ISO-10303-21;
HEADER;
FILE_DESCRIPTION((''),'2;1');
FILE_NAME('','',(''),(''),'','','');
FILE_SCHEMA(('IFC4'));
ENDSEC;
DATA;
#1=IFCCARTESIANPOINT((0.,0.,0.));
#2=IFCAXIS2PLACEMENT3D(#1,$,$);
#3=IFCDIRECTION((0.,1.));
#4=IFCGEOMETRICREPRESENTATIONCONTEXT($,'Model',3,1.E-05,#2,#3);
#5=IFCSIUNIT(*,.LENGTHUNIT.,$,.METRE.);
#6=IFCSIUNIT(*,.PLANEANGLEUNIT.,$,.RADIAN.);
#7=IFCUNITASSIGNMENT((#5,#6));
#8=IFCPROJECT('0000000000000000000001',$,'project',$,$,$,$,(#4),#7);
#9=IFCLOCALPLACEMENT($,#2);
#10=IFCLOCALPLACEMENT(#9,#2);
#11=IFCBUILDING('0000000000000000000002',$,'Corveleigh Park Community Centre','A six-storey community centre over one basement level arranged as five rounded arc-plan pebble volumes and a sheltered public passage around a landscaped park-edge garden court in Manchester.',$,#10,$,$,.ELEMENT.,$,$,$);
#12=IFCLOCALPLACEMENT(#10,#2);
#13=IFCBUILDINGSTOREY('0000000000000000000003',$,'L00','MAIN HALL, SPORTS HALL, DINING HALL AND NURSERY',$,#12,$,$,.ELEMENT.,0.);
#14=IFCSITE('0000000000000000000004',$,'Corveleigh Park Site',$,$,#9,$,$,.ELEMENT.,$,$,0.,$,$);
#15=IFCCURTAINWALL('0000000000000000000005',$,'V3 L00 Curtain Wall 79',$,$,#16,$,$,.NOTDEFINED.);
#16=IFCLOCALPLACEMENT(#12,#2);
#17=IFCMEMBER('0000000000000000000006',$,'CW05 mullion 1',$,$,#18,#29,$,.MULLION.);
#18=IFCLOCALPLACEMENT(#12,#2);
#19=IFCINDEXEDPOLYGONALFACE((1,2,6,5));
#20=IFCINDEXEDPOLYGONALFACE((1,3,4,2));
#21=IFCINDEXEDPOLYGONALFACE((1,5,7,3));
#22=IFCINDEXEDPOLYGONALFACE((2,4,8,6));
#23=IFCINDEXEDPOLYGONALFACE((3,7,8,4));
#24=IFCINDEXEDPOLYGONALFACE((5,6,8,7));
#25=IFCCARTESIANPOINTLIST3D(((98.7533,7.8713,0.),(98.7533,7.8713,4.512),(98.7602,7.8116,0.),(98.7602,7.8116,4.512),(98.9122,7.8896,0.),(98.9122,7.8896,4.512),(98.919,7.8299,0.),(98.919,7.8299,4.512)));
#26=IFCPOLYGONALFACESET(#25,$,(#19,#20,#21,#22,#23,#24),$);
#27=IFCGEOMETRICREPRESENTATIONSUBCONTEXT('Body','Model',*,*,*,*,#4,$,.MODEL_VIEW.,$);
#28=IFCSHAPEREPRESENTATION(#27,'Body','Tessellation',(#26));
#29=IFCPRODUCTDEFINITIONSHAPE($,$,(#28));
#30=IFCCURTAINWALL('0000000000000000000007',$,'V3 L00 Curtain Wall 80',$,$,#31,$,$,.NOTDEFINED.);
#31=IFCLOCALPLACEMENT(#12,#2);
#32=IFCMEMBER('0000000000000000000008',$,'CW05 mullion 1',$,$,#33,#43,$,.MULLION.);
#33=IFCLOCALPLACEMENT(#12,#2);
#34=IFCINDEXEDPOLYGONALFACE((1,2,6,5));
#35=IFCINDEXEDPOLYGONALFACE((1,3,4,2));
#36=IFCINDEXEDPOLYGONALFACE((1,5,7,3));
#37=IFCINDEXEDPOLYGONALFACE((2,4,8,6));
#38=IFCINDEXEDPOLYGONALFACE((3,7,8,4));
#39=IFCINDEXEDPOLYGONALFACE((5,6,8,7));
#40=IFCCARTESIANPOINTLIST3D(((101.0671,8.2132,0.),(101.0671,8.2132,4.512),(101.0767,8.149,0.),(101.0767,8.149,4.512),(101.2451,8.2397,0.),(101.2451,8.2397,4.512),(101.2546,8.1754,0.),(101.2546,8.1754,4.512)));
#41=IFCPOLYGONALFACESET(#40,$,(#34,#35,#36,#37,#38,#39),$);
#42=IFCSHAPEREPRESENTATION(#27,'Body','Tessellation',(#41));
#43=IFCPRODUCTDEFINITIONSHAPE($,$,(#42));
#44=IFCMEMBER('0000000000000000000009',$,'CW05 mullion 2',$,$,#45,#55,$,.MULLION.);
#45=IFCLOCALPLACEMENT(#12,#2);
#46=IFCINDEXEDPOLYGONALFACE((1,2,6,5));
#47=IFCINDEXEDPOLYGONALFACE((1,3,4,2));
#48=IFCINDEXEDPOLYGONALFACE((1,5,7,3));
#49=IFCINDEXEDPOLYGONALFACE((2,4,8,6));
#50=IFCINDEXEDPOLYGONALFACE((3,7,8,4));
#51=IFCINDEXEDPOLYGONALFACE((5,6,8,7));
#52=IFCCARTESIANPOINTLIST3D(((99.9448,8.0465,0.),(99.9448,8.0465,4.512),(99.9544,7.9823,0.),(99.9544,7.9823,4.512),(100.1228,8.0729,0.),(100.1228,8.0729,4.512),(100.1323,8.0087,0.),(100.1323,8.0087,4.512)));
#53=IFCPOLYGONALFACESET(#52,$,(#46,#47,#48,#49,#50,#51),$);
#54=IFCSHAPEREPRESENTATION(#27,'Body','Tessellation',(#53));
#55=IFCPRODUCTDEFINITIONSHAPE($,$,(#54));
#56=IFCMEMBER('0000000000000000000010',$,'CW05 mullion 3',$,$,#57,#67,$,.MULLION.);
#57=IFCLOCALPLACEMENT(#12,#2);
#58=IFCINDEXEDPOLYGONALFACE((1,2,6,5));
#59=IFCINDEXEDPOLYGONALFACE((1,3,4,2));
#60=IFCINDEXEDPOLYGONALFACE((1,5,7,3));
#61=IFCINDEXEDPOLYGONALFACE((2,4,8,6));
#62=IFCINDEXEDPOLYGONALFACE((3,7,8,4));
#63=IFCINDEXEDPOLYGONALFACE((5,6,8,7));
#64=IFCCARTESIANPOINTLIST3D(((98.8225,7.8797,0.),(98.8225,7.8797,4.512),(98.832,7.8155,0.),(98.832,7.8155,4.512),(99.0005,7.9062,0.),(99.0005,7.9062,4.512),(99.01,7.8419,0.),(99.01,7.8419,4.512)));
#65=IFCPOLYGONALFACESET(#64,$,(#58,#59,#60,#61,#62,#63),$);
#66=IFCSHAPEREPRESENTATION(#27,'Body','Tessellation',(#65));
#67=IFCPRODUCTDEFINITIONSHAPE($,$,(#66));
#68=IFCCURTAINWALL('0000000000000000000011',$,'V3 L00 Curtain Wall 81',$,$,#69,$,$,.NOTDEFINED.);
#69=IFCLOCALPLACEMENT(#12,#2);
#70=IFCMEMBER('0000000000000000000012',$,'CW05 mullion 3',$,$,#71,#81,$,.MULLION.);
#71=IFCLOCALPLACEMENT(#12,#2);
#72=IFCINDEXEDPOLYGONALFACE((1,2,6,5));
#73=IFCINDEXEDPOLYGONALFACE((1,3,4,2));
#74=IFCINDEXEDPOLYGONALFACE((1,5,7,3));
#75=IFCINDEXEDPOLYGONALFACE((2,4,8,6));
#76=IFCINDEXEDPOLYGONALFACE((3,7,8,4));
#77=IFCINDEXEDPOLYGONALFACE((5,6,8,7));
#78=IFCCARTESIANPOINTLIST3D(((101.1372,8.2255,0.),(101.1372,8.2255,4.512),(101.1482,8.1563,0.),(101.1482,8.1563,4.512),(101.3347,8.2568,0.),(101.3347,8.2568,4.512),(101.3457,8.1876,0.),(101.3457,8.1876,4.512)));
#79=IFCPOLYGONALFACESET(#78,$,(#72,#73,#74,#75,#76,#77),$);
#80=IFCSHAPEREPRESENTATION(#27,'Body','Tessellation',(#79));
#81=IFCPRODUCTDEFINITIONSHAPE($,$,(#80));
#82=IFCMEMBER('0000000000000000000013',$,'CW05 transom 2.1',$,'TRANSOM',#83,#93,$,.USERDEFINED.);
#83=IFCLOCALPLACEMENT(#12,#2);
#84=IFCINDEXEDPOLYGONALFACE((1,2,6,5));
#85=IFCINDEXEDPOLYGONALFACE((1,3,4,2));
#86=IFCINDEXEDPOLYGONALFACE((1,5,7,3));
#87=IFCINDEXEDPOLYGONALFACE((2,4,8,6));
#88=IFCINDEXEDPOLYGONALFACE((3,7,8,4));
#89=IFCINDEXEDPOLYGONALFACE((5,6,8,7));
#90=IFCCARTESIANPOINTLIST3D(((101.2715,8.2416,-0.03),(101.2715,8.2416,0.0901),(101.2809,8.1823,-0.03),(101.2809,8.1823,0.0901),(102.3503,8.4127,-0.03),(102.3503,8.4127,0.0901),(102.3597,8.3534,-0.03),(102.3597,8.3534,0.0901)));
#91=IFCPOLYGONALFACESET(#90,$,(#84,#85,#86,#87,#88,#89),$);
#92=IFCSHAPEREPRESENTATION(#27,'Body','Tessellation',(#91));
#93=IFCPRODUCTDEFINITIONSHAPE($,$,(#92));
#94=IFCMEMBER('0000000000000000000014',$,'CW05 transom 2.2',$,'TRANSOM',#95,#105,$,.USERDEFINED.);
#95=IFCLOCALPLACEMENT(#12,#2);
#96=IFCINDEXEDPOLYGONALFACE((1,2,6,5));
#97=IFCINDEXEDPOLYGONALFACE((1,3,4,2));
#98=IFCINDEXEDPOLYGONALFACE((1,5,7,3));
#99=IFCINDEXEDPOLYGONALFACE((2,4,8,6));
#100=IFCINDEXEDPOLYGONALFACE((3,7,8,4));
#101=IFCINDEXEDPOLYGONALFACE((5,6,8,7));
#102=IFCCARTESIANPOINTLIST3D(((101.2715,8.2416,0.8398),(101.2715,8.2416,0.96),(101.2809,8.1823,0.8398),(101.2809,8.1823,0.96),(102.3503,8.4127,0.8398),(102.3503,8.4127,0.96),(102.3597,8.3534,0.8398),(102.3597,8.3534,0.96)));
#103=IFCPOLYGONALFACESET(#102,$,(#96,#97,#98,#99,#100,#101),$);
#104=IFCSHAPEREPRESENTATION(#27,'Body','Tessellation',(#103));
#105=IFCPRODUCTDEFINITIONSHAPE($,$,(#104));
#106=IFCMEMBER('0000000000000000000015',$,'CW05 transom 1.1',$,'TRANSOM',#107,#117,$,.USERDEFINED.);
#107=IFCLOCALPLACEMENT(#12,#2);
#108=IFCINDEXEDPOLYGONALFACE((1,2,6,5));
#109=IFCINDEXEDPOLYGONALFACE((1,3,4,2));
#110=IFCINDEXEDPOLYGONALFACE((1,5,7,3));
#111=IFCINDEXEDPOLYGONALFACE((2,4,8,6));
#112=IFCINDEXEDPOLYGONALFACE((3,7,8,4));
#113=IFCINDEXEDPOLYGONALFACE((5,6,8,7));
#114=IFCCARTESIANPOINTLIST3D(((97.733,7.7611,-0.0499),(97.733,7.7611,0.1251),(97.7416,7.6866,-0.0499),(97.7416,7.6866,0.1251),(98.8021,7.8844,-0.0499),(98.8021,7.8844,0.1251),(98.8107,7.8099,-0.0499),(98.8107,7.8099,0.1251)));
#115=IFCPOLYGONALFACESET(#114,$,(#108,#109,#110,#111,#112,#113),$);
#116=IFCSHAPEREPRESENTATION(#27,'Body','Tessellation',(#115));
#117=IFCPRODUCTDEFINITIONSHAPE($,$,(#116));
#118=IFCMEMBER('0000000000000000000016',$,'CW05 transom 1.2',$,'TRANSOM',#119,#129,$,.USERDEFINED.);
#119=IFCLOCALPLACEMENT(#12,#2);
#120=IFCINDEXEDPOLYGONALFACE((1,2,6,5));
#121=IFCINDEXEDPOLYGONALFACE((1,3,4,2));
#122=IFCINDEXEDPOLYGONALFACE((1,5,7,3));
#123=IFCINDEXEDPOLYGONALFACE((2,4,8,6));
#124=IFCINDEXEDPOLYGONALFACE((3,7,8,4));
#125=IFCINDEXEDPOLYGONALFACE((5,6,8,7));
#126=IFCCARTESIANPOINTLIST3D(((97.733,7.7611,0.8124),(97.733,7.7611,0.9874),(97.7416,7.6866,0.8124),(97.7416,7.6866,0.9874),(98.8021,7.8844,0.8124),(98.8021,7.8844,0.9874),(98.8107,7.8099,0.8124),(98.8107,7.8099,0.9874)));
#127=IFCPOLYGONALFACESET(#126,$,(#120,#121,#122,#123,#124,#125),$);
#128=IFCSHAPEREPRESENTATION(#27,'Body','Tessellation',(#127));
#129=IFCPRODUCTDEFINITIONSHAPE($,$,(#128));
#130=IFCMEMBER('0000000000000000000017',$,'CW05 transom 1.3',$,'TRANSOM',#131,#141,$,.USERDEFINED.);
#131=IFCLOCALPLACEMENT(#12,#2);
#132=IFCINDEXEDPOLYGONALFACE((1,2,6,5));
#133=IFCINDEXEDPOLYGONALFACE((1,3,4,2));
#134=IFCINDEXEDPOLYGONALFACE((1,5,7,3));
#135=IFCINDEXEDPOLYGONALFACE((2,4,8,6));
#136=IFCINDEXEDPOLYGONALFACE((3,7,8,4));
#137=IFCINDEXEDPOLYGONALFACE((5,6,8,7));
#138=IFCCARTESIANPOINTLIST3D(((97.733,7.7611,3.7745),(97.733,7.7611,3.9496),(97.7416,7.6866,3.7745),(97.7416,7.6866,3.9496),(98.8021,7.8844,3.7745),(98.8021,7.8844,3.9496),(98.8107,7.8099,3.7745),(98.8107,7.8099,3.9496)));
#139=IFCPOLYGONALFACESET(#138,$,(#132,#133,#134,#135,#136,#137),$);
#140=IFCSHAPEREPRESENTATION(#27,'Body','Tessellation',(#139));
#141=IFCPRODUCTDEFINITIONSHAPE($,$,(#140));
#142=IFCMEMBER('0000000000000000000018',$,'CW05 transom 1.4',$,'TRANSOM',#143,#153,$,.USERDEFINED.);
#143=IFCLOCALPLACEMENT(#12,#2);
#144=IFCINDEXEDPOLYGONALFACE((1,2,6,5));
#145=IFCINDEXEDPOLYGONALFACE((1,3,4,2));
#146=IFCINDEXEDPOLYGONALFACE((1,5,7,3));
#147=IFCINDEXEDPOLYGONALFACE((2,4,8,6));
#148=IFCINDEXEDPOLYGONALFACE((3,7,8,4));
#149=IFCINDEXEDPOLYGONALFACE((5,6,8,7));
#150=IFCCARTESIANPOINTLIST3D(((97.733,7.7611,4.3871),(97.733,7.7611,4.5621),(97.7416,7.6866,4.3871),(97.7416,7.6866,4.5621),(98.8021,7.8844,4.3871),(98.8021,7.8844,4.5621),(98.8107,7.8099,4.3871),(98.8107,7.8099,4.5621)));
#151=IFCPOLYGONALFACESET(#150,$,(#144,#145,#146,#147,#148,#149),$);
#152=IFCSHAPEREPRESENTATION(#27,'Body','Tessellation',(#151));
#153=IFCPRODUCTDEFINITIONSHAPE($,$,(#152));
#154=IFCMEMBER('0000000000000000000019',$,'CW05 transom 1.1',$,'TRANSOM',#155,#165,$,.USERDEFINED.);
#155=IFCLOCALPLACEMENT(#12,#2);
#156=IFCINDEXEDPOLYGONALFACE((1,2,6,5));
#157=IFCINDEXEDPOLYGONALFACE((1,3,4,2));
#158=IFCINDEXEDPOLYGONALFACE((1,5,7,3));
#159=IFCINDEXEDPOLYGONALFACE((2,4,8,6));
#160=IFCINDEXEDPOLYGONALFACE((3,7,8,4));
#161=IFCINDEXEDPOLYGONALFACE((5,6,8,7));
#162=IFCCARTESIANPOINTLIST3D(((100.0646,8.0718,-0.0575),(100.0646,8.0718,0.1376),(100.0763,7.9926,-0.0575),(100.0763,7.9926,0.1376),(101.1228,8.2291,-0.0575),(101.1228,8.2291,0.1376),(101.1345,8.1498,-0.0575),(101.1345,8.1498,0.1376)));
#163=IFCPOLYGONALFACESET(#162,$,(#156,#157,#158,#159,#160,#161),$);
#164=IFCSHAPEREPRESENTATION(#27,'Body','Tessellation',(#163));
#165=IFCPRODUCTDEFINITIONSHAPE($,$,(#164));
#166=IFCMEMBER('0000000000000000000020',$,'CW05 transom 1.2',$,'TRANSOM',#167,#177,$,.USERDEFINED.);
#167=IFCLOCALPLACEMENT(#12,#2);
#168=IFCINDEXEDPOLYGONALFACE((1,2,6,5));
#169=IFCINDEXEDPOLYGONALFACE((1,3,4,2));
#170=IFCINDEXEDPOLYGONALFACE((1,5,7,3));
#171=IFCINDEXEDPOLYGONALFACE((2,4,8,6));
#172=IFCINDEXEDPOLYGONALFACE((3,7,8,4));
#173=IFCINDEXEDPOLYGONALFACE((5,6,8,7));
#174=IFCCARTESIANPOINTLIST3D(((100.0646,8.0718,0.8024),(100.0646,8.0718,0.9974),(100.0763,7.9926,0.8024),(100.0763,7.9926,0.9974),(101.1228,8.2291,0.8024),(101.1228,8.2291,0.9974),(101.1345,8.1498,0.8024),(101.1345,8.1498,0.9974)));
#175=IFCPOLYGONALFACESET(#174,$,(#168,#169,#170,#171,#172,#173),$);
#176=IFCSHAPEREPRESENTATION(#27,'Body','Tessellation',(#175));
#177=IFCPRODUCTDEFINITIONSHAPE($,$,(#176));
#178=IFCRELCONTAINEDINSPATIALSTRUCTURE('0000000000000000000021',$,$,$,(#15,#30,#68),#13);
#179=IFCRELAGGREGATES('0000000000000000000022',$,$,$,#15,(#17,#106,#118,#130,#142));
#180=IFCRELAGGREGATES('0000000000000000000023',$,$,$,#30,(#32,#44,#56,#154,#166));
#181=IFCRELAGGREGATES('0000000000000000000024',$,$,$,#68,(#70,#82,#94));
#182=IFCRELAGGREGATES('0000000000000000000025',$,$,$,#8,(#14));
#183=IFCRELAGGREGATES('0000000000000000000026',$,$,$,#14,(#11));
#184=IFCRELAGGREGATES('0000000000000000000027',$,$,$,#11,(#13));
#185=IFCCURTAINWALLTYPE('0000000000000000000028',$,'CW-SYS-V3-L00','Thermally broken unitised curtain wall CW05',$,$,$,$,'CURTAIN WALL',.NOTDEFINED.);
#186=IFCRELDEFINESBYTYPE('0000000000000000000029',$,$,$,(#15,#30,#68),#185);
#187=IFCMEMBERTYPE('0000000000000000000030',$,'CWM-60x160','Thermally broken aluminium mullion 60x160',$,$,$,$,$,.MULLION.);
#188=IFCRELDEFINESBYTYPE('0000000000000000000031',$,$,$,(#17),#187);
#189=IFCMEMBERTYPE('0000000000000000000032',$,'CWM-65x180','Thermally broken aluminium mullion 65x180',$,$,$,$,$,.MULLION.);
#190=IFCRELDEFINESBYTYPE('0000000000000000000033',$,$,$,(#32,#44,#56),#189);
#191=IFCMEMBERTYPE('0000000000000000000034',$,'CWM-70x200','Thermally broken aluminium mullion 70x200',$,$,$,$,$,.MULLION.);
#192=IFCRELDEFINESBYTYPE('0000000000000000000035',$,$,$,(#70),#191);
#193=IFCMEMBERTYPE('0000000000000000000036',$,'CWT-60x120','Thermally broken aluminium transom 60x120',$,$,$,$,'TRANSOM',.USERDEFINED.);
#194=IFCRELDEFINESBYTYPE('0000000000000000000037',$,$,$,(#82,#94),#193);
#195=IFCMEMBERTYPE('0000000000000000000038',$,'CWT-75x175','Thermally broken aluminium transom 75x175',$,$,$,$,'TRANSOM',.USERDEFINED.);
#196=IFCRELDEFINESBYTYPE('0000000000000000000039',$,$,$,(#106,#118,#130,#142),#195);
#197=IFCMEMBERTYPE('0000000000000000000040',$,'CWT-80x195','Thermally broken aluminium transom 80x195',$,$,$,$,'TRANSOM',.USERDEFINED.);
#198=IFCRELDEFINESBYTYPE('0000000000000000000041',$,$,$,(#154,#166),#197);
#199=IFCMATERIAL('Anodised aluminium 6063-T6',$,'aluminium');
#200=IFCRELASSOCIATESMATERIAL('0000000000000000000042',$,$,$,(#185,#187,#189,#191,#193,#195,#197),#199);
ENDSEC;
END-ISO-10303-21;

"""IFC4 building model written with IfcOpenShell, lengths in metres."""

from ifc_helpers import new_model, si_unit, direction, frame, origin, origin_2d, place, context, subcontext, project, spatial, rectangle, extrude, material, material_profile, profile_set, type_object, element, aggregate, save


model = new_model("IFC4")

# Units and contexts
model_context = context("Model", 3, precision=1e-05, world=origin(), true_north=direction((0.0, 1.0)))
body_context = subcontext(model_context, "Body", "Model", "MODEL_VIEW")
ifc_project = project(units=[si_unit("LENGTHUNIT", "METRE"), si_unit("PLANEANGLEUNIT", "RADIAN")], contexts=[model_context])

# Site, building, storey
site_placement = place(None, origin())
site = spatial("IfcSite", under=ifc_project, at=site_placement, Name="Corveleigh Park Site", CompositionType="ELEMENT", RefElevation=0.0)
building_placement = place(site_placement, origin())
building = spatial("IfcBuilding", under=site, at=building_placement, Name="Corveleigh Park Community Centre", Description="A six-storey community centre over one basement level arranged as five rounded arc-plan pebble volumes and a sheltered public passage around a landscaped park-edge garden court in Manchester.", CompositionType="ELEMENT")
storey_placement = place(building_placement, origin())
storey = spatial("IfcBuildingStorey", under=building, at=storey_placement, Name="L00", Description="MAIN HALL, SPORTS HALL, DINING HALL AND NURSERY", CompositionType="ELEMENT", Elevation=0.0)

# Curtain wall, member
ifc_material_1 = material(Name="Anodised aluminium 6063-T6", Category="aluminium")
curtain_wall_type = type_object("IfcCurtainWallType", Name="CW-SYS-V3-L00", Description="Thermally broken unitised curtain wall CW05", ElementType="CURTAIN WALL", PredefinedType="NOTDEFINED", material=ifc_material_1)
curtain_wall_1_placement = place(storey_placement, origin())
curtain_wall_1 = element("IfcCurtainWall", 1, at=curtain_wall_1_placement, inside=storey, type_object=curtain_wall_type, Name="V3 L00 Curtain Wall 79", PredefinedType="NOTDEFINED")
ifc_material_profile_1 = material_profile(ifc_material_1, rectangle(XDim=0.0601, YDim=0.1599, at=origin_2d()), Name="ALU-M60x160", Category="aluminium")
ifc_profile_set_1 = profile_set([ifc_material_profile_1], Name="Anodised aluminium 6063-T6")
member_type_1 = type_object("IfcMemberType", Name="CWM-60x160", Description="Thermally broken aluminium mullion 60x160", PredefinedType="MULLION", material=ifc_profile_set_1)
member_1_placement = place(storey_placement, frame((98.8362, 7.8506, 0.0), z_axis=(0.0, 0.0, 1.0), x_axis=(0.114478, -0.993426, 0.0)))
member_1 = element("IfcMember", 2, at=member_1_placement, type_object=member_type_1, Name="CW05 mullion 1", PredefinedType="MULLION", context=body_context, shape_type="SweptSolid", body=[
    extrude(rectangle(XDim=0.0601, YDim=0.1599, at=origin_2d()), origin(), (0.0, 0.0, 1.0), 4.512),
])

# Curtain walls, members
curtain_wall_2_placement = place(storey_placement, origin())
curtain_wall_2 = element("IfcCurtainWall", 3, at=curtain_wall_2_placement, inside=storey, type_object=curtain_wall_type, Name="V3 L00 Curtain Wall 80", PredefinedType="NOTDEFINED")
ifc_material_profile_2 = material_profile(ifc_material_1, rectangle(XDim=0.0649, YDim=0.1799, at=origin_2d()), Name="ALU-M65x180", Category="aluminium")
ifc_profile_set_2 = profile_set([ifc_material_profile_2], Name="Anodised aluminium 6063-T6")
member_type_2 = type_object("IfcMemberType", Name="CWM-65x180", Description="Thermally broken aluminium mullion 65x180", PredefinedType="MULLION", material=ifc_profile_set_2)
member_2_placement = place(storey_placement, frame((101.1609, 8.1943, 0.0), z_axis=(0.0, 0.0, 1.0), x_axis=(0.146937, -0.989146, 0.0)))
member_2 = element("IfcMember", 4, at=member_2_placement, type_object=member_type_2, Name="CW05 mullion 1", PredefinedType="MULLION", context=body_context, shape_type="SweptSolid", body=[
    extrude(rectangle(XDim=0.0649, YDim=0.1799, at=origin_2d()), origin(), (0.0, 0.0, 1.0), 4.512),
])
member_3_placement = place(storey_placement, frame((100.0386, 8.0276, 0.0), z_axis=(0.0, 0.0, 1.0), x_axis=(0.146937, -0.989146, 0.0)))
member_3 = element("IfcMember", 5, at=member_3_placement, type_object=member_type_2, Name="CW05 mullion 2", PredefinedType="MULLION", context=body_context, shape_type="SweptSolid", body=[
    extrude(rectangle(XDim=0.0649, YDim=0.1799, at=origin_2d()), origin(), (0.0, 0.0, 1.0), 4.512),
])
member_4_placement = place(storey_placement, frame((98.9163, 7.8608, 0.0), z_axis=(0.0, 0.0, 1.0), x_axis=(0.146937, -0.989146, 0.0)))
member_4 = element("IfcMember", 6, at=member_4_placement, type_object=member_type_2, Name="CW05 mullion 3", PredefinedType="MULLION", context=body_context, shape_type="SweptSolid", body=[
    extrude(rectangle(XDim=0.0649, YDim=0.1799, at=origin_2d()), origin(), (0.0, 0.0, 1.0), 4.512),
])
curtain_wall_3_placement = place(storey_placement, origin())
curtain_wall_3 = element("IfcCurtainWall", 7, at=curtain_wall_3_placement, inside=storey, type_object=curtain_wall_type, Name="V3 L00 Curtain Wall 81", PredefinedType="NOTDEFINED")
ifc_material_profile_3 = material_profile(ifc_material_1, rectangle(XDim=0.0701, YDim=0.2, at=origin_2d()), Name="ALU-M70x200", Category="aluminium")
ifc_profile_set_3 = profile_set([ifc_material_profile_3], Name="Anodised aluminium 6063-T6")
member_type_3 = type_object("IfcMemberType", Name="CWM-70x200", Description="Thermally broken aluminium mullion 70x200", PredefinedType="MULLION", material=ifc_profile_set_3)
member_5_placement = place(storey_placement, frame((101.2415, 8.2065, 0.0), z_axis=(0.0, 0.0, 1.0), x_axis=(0.156606, -0.987661, 0.0)))
member_5 = element("IfcMember", 8, at=member_5_placement, type_object=member_type_3, Name="CW05 mullion 3", PredefinedType="MULLION", context=body_context, shape_type="SweptSolid", body=[
    extrude(rectangle(XDim=0.0701, YDim=0.2, at=origin_2d()), origin(), (0.0, 0.0, 1.0), 4.512),
])
ifc_material_profile_4 = material_profile(ifc_material_1, rectangle(XDim=0.0601, YDim=0.1201, at=origin_2d()), Name="ALU-T60x120", Category="aluminium")
ifc_profile_set_4 = profile_set([ifc_material_profile_4], Name="Anodised aluminium 6063-T6")
member_type_4 = type_object("IfcMemberType", Name="CWT-60x120", Description="Thermally broken aluminium transom 60x120", ElementType="TRANSOM", PredefinedType="USERDEFINED", material=ifc_profile_set_4)
member_6_placement = place(storey_placement, frame((102.355, 8.3831, 0.03), z_axis=(-0.98765, -0.156674, 0.0), x_axis=(0.156674, -0.98765, 0.0)))
member_6 = element("IfcMember", 9, at=member_6_placement, type_object=member_type_4, Name="CW05 transom 2.1", ObjectType="TRANSOM", PredefinedType="USERDEFINED", context=body_context, shape_type="SweptSolid", body=[
    extrude(rectangle(XDim=0.0601, YDim=0.1201, at=origin_2d()), origin(), (0.0, 0.0, 1.0), 1.0923),
])
member_7_placement = place(storey_placement, frame((102.355, 8.3831, 0.8999), z_axis=(-0.98765, -0.156674, 0.0), x_axis=(0.156674, -0.98765, 0.0)))
member_7 = element("IfcMember", 10, at=member_7_placement, type_object=member_type_4, Name="CW05 transom 2.2", ObjectType="TRANSOM", PredefinedType="USERDEFINED", context=body_context, shape_type="SweptSolid", body=[
    extrude(rectangle(XDim=0.0601, YDim=0.1201, at=origin_2d()), origin(), (0.0, 0.0, 1.0), 1.0923),
])

# Members
ifc_material_profile_5 = material_profile(ifc_material_1, rectangle(XDim=0.075, YDim=0.175, at=origin_2d()), Name="ALU-T75x175", Category="aluminium")
ifc_profile_set_5 = profile_set([ifc_material_profile_5], Name="Anodised aluminium 6063-T6")
member_type_5 = type_object("IfcMemberType", Name="CWT-75x175", Description="Thermally broken aluminium transom 75x175", ElementType="TRANSOM", PredefinedType="USERDEFINED", material=ifc_profile_set_5)
member_8_placement = place(storey_placement, frame((98.8064, 7.8472, 0.0376), z_axis=(-0.993416, -0.114564, 0.0), x_axis=(0.114564, -0.993416, 0.0)))
member_8 = element("IfcMember", 11, at=member_8_placement, type_object=member_type_5, Name="CW05 transom 1.1", ObjectType="TRANSOM", PredefinedType="USERDEFINED", context=body_context, shape_type="SweptSolid", body=[
    extrude(rectangle(XDim=0.075, YDim=0.175, at=origin_2d()), origin(), (0.0, 0.0, 1.0), 1.0762),
])
member_9_placement = place(storey_placement, frame((98.8064, 7.8472, 0.8999), z_axis=(-0.993416, -0.114564, 0.0), x_axis=(0.114564, -0.993416, 0.0)))
member_9 = element("IfcMember", 12, at=member_9_placement, type_object=member_type_5, Name="CW05 transom 1.2", ObjectType="TRANSOM", PredefinedType="USERDEFINED", context=body_context, shape_type="SweptSolid", body=[
    extrude(rectangle(XDim=0.075, YDim=0.175, at=origin_2d()), origin(), (0.0, 0.0, 1.0), 1.0762),
])
member_10_placement = place(storey_placement, frame((98.8064, 7.8472, 3.8621), z_axis=(-0.993416, -0.114564, 0.0), x_axis=(0.114564, -0.993416, 0.0)))
member_10 = element("IfcMember", 13, at=member_10_placement, type_object=member_type_5, Name="CW05 transom 1.3", ObjectType="TRANSOM", PredefinedType="USERDEFINED", context=body_context, shape_type="SweptSolid", body=[
    extrude(rectangle(XDim=0.075, YDim=0.175, at=origin_2d()), origin(), (0.0, 0.0, 1.0), 1.0762),
])
member_11_placement = place(storey_placement, frame((98.8064, 7.8472, 4.4746), z_axis=(-0.993416, -0.114564, 0.0), x_axis=(0.114564, -0.993416, 0.0)))
member_11 = element("IfcMember", 14, at=member_11_placement, type_object=member_type_5, Name="CW05 transom 1.4", ObjectType="TRANSOM", PredefinedType="USERDEFINED", context=body_context, shape_type="SweptSolid", body=[
    extrude(rectangle(XDim=0.075, YDim=0.175, at=origin_2d()), origin(), (0.0, 0.0, 1.0), 1.0762),
])
ifc_material_profile_6 = material_profile(ifc_material_1, rectangle(XDim=0.0801, YDim=0.1951, at=origin_2d()), Name="ALU-T80x195", Category="aluminium")
ifc_profile_set_6 = profile_set([ifc_material_profile_6], Name="Anodised aluminium 6063-T6")
member_type_6 = type_object("IfcMemberType", Name="CWT-80x195", Description="Thermally broken aluminium transom 80x195", ElementType="TRANSOM", PredefinedType="USERDEFINED", material=ifc_profile_set_6)
member_12_placement = place(storey_placement, frame((101.1287, 8.1895, 0.04), z_axis=(-0.98914, -0.146979, 0.0), x_axis=(0.146979, -0.98914, 0.0)))
member_12 = element("IfcMember", 15, at=member_12_placement, type_object=member_type_6, Name="CW05 transom 1.1", ObjectType="TRANSOM", PredefinedType="USERDEFINED", context=body_context, shape_type="SweptSolid", body=[
    extrude(rectangle(XDim=0.0801, YDim=0.1951, at=origin_2d()), origin(), (0.0, 0.0, 1.0), 1.0698),
])
member_13_placement = place(storey_placement, frame((101.1287, 8.1895, 0.8999), z_axis=(-0.98914, -0.146979, 0.0), x_axis=(0.146979, -0.98914, 0.0)))
member_13 = element("IfcMember", 16, at=member_13_placement, type_object=member_type_6, Name="CW05 transom 1.2", ObjectType="TRANSOM", PredefinedType="USERDEFINED", context=body_context, shape_type="SweptSolid", body=[
    extrude(rectangle(XDim=0.0801, YDim=0.1951, at=origin_2d()), origin(), (0.0, 0.0, 1.0), 1.0698),
])

aggregate(curtain_wall_1, [member_1, member_8, member_9, member_10, member_11])
aggregate(curtain_wall_2, [member_2, member_3, member_4, member_12, member_13])
aggregate(curtain_wall_3, [member_5, member_6, member_7])

save(model, "model.ifc")
